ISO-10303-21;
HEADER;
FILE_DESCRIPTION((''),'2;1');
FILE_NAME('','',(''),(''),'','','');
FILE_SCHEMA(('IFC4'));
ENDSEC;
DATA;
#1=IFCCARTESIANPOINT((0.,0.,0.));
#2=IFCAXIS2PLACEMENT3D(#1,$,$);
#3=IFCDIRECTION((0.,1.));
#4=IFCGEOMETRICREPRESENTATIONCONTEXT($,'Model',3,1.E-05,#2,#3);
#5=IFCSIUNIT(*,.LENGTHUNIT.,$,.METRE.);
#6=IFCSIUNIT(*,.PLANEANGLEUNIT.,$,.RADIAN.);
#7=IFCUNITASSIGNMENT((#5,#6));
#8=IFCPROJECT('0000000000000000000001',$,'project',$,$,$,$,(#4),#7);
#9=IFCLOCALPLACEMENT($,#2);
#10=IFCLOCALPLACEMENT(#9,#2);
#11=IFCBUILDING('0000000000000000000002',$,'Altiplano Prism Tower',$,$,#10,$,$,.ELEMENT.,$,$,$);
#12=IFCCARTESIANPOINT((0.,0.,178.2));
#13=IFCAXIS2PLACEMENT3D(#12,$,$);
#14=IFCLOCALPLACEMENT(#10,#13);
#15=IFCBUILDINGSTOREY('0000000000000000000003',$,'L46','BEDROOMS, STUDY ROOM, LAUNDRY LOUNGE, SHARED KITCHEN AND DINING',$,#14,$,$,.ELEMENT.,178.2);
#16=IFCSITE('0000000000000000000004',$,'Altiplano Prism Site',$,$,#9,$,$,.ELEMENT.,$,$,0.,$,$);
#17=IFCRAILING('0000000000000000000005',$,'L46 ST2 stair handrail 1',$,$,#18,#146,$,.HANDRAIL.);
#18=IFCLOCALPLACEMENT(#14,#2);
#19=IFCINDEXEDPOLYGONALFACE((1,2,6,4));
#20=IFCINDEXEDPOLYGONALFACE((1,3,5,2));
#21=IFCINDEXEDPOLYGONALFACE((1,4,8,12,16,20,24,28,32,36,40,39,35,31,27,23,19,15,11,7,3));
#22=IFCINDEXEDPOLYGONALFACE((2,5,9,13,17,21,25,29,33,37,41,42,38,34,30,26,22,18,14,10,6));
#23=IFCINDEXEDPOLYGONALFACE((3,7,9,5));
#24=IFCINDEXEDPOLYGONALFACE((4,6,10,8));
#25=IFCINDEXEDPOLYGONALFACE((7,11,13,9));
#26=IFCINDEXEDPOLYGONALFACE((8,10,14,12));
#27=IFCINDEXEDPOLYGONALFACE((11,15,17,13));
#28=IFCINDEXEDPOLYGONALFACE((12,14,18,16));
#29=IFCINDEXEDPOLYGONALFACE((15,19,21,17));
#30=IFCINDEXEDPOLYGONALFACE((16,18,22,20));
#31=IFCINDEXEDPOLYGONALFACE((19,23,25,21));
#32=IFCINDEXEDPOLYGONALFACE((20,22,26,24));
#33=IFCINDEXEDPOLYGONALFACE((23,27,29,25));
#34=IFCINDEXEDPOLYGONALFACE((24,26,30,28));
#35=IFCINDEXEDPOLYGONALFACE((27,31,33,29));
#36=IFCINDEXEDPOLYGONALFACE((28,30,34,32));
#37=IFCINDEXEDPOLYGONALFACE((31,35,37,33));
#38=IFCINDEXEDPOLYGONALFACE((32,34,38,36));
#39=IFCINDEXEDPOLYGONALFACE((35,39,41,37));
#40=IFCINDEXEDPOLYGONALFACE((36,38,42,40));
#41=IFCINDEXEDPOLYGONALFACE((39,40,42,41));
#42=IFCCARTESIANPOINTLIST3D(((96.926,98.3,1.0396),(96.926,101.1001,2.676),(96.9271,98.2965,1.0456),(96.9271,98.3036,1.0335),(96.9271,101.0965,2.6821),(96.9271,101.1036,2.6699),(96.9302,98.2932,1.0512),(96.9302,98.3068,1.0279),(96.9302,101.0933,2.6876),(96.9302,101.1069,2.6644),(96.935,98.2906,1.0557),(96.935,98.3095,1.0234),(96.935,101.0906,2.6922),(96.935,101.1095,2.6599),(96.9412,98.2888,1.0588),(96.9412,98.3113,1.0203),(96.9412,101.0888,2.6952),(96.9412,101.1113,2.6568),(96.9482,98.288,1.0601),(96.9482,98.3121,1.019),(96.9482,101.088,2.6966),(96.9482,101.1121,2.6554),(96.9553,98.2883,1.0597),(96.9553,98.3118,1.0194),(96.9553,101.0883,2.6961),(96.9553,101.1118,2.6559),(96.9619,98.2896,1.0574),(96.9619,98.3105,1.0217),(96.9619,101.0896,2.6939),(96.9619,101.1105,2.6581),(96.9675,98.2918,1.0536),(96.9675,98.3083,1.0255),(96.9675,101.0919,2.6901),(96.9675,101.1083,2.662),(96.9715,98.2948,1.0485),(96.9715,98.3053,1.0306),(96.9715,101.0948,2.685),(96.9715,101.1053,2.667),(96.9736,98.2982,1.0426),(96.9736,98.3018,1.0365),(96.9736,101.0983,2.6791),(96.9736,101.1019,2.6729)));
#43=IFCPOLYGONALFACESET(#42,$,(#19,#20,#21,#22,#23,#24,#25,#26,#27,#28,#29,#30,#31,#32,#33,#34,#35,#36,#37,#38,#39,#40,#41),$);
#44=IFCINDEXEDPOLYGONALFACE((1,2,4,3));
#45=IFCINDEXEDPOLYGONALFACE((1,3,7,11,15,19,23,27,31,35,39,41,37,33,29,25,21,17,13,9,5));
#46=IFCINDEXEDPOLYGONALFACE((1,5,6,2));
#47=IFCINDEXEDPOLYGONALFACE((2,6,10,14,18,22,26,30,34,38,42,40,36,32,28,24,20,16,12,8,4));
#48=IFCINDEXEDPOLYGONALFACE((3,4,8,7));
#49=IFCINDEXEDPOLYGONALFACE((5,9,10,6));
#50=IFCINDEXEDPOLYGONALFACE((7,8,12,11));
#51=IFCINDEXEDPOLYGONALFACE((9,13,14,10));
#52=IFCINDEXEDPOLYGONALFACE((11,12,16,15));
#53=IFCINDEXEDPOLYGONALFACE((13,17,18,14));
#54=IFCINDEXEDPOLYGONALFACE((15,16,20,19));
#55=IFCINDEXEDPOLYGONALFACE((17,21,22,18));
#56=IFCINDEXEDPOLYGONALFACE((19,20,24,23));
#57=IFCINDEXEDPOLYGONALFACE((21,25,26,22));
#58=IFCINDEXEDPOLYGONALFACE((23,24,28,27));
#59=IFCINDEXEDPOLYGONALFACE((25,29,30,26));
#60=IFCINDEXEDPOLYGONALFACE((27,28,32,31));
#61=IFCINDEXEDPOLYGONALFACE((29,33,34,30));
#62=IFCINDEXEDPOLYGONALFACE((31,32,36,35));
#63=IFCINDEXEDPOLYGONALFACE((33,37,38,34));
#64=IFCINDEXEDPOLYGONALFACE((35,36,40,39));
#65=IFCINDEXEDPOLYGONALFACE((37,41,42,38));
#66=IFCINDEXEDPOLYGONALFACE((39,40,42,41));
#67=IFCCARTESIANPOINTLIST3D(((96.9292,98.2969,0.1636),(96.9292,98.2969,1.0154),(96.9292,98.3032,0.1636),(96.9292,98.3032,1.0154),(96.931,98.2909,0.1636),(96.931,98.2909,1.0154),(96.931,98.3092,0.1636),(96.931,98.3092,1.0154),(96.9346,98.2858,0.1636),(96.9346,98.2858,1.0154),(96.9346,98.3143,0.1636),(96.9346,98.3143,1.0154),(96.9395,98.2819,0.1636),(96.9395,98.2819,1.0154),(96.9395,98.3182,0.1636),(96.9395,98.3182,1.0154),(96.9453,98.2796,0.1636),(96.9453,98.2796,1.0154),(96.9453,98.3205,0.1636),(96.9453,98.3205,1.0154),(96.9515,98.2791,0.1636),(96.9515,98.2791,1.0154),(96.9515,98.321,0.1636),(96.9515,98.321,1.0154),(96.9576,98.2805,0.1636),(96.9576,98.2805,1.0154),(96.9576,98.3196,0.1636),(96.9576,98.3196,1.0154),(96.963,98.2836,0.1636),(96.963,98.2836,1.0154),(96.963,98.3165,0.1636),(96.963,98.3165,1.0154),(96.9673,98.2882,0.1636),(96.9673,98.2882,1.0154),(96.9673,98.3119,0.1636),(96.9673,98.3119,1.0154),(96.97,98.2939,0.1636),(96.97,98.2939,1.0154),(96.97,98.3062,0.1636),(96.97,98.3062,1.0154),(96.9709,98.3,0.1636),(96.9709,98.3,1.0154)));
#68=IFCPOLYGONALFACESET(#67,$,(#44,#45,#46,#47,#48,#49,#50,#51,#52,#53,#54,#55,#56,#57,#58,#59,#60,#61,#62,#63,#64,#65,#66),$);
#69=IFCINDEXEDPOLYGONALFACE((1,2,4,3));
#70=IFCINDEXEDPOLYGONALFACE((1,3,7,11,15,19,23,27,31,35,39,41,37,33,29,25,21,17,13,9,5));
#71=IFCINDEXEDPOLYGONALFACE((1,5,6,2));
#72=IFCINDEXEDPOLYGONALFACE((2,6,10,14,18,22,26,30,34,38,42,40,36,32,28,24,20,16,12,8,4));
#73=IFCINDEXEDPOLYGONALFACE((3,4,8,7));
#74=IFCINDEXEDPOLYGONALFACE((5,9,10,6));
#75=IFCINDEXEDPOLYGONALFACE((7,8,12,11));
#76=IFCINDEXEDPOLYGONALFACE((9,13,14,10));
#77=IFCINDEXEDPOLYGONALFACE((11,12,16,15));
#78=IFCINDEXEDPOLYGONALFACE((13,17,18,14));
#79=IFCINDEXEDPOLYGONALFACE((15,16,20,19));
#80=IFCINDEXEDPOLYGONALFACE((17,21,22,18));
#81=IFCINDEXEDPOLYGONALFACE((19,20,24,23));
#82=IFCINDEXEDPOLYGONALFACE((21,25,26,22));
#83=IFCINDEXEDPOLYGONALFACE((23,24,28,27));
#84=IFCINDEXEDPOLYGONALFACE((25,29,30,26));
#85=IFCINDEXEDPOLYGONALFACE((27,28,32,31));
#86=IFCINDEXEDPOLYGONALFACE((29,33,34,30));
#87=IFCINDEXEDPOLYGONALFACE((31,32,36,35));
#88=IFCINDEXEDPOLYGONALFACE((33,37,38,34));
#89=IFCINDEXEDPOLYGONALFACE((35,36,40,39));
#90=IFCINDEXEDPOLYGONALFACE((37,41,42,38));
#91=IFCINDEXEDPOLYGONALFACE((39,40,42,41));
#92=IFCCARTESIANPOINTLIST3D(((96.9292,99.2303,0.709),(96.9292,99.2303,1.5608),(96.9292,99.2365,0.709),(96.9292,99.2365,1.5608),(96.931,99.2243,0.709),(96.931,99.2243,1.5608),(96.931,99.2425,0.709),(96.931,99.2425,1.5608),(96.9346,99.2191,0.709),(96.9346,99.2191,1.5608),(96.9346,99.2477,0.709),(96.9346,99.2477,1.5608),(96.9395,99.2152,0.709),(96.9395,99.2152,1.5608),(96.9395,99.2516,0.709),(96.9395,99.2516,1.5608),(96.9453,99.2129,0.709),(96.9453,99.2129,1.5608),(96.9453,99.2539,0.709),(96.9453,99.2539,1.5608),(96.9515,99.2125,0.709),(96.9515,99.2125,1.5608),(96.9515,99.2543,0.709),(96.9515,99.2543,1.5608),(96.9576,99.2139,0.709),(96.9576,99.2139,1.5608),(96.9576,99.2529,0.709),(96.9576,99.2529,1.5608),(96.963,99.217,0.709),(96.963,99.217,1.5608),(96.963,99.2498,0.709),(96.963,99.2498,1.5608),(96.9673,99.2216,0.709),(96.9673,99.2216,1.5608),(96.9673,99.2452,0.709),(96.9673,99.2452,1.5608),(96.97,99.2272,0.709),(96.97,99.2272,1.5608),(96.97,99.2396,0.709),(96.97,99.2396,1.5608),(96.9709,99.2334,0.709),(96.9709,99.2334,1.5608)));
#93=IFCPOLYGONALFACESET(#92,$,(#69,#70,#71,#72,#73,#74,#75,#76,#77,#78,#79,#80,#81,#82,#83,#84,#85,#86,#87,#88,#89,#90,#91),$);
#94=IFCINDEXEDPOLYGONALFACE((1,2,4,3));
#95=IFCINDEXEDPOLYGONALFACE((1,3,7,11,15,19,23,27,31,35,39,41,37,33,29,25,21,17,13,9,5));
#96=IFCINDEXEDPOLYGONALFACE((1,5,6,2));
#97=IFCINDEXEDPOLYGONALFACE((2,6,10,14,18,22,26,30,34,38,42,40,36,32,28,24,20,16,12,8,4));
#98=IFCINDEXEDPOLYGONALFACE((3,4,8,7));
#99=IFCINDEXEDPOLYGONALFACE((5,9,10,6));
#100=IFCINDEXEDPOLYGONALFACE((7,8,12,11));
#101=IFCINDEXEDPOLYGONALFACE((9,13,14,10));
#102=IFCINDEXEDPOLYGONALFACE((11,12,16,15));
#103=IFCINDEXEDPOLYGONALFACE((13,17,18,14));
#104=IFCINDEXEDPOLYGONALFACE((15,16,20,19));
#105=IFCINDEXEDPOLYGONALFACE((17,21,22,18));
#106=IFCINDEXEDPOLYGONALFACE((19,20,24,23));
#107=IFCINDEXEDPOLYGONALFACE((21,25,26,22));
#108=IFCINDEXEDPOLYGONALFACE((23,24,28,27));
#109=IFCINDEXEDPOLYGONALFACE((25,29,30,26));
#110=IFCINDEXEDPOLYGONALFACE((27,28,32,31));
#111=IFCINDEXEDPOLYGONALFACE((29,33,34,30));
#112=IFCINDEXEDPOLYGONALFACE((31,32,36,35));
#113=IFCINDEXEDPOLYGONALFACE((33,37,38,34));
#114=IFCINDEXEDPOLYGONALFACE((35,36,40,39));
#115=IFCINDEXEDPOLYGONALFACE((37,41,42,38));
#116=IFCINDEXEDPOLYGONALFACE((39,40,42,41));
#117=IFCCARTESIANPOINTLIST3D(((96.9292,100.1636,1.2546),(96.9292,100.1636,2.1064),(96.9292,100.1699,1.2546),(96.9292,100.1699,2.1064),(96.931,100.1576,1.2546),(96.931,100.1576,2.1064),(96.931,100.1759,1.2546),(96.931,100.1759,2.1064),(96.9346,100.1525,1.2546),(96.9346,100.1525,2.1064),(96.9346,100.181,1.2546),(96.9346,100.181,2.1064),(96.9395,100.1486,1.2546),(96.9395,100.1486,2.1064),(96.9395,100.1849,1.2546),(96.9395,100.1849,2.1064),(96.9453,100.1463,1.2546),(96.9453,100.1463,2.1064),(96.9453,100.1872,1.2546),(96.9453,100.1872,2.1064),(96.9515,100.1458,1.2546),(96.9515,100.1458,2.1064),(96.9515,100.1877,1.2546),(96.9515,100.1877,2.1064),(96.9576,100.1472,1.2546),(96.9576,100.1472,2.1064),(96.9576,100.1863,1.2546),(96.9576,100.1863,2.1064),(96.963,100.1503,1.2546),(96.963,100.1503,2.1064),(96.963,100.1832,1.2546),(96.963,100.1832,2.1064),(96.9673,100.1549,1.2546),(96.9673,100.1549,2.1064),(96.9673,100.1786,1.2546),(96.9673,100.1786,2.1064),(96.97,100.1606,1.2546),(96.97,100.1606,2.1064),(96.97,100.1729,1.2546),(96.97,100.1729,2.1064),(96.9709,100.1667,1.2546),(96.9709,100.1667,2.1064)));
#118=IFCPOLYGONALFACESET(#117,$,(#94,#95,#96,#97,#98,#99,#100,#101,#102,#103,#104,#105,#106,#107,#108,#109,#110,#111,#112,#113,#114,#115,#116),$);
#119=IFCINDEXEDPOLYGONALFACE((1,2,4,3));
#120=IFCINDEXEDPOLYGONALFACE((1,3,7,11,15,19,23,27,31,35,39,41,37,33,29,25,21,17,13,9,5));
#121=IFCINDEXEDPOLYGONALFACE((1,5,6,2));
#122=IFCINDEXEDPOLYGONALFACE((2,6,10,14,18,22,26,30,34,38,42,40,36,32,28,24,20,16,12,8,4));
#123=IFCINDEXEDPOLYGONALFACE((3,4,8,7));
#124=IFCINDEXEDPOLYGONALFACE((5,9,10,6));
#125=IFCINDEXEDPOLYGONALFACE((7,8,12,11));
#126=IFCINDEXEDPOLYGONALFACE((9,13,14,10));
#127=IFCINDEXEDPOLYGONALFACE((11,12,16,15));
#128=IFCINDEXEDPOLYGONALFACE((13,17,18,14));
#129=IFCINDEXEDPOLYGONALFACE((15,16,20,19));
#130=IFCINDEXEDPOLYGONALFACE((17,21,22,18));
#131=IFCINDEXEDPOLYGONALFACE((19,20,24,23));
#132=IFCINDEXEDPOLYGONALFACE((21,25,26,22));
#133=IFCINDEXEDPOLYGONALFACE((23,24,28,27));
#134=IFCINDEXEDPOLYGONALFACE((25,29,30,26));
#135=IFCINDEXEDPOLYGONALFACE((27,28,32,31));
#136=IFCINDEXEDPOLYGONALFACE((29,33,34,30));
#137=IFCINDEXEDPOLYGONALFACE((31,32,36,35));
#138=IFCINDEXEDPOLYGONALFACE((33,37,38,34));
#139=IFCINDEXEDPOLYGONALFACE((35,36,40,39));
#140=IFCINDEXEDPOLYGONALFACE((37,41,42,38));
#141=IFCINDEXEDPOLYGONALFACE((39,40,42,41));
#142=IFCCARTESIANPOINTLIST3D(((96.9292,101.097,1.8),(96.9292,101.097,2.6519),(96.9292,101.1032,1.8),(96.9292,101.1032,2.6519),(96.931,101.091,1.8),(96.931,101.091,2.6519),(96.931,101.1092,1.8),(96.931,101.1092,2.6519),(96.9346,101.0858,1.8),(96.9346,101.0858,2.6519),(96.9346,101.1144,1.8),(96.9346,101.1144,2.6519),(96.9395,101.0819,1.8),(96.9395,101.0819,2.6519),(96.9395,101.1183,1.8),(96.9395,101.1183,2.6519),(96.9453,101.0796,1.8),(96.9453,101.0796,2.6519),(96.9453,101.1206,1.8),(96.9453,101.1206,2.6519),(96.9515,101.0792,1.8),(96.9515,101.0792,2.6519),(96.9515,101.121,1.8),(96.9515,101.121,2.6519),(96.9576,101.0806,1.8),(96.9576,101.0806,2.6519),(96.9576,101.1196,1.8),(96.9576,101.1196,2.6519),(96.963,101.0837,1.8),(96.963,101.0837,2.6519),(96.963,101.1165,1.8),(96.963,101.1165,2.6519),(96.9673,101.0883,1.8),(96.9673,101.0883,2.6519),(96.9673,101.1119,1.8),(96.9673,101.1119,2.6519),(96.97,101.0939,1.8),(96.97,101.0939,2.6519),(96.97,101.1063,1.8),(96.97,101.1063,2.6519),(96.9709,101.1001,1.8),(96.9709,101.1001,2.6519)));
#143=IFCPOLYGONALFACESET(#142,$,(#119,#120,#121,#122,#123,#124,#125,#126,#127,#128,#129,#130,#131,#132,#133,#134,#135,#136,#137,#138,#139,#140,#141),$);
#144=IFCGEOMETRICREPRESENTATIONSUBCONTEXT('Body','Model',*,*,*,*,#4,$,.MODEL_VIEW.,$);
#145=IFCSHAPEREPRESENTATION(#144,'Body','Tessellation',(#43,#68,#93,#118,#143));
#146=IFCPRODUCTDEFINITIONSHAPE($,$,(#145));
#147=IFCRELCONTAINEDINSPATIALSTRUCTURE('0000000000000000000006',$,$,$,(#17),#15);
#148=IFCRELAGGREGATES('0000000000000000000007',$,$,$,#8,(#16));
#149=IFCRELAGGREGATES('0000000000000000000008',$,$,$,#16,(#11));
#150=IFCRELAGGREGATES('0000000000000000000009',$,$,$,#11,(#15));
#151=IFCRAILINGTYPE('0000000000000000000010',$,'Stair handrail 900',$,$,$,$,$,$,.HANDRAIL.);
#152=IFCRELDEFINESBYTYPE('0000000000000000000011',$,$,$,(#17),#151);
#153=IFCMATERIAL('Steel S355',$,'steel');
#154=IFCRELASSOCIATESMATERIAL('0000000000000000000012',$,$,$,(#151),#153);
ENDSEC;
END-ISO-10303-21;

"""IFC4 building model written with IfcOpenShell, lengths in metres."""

from ifc_helpers import new_model, si_unit, direction, frame, origin, origin_2d, place, context, subcontext, project, spatial, circle, extrude, material, type_object, element, save


model = new_model("IFC4")

# Units and contexts
model_context = context("Model", 3, precision=1e-05, world=origin(), true_north=direction((0.0, 1.0)))
body_context = subcontext(model_context, "Body", "Model", "MODEL_VIEW")
ifc_project = project(units=[si_unit("LENGTHUNIT", "METRE"), si_unit("PLANEANGLEUNIT", "RADIAN")], contexts=[model_context])

# Site, building, storey
site_placement = place(None, origin())
site = spatial("IfcSite", under=ifc_project, at=site_placement, Name="Altiplano Prism Site", CompositionType="ELEMENT", RefElevation=0.0)
building_placement = place(site_placement, origin())
building = spatial("IfcBuilding", under=site, at=building_placement, Name="Altiplano Prism Tower", CompositionType="ELEMENT")
storey_placement = place(building_placement, frame((0.0, 0.0, 178.2)))
storey = spatial("IfcBuildingStorey", under=building, at=storey_placement, Name="L46", Description="BEDROOMS, STUDY ROOM, LAUNDRY LOUNGE, SHARED KITCHEN AND DINING", CompositionType="ELEMENT", Elevation=178.2)

# Railing
ifc_material_1 = material(Name="Steel S355", Category="steel")
railing_type = type_object("IfcRailingType", Name="Stair handrail 900", PredefinedType="HANDRAIL", material=ifc_material_1)
railing_placement = place(storey_placement, frame((96.95, 98.3, 0.1636)))
element("IfcRailing", 1, at=railing_placement, inside=storey, type_object=railing_type, Name="L46 ST2 stair handrail 1", PredefinedType="HANDRAIL", context=body_context, shape_type="SweptSolid", body=[
    extrude(circle(Radius=0.0239, at=origin_2d()), frame((0.0, 0.0, 0.876), z_axis=(0.0, 0.863361, 0.504587), x_axis=(-1.0, 0.0, 0.0)), (0.0, 0.0, 1.0), 3.2432),
    extrude(circle(Radius=0.021, at=origin_2d()), origin(), (0.0, 0.0, 1.0), 0.8518),
    extrude(circle(Radius=0.021, at=origin_2d()), frame((0.0, 0.9333, 0.5454)), (0.0, 0.0, 1.0), 0.8518),
    extrude(circle(Radius=0.021, at=origin_2d()), frame((0.0, 1.8667, 1.0911)), (0.0, 0.0, 1.0), 0.8518),
    extrude(circle(Radius=0.021, at=origin_2d()), frame((0.0, 2.8, 1.6365)), (0.0, 0.0, 1.0), 0.8518),
])

save(model, "model.ifc")
